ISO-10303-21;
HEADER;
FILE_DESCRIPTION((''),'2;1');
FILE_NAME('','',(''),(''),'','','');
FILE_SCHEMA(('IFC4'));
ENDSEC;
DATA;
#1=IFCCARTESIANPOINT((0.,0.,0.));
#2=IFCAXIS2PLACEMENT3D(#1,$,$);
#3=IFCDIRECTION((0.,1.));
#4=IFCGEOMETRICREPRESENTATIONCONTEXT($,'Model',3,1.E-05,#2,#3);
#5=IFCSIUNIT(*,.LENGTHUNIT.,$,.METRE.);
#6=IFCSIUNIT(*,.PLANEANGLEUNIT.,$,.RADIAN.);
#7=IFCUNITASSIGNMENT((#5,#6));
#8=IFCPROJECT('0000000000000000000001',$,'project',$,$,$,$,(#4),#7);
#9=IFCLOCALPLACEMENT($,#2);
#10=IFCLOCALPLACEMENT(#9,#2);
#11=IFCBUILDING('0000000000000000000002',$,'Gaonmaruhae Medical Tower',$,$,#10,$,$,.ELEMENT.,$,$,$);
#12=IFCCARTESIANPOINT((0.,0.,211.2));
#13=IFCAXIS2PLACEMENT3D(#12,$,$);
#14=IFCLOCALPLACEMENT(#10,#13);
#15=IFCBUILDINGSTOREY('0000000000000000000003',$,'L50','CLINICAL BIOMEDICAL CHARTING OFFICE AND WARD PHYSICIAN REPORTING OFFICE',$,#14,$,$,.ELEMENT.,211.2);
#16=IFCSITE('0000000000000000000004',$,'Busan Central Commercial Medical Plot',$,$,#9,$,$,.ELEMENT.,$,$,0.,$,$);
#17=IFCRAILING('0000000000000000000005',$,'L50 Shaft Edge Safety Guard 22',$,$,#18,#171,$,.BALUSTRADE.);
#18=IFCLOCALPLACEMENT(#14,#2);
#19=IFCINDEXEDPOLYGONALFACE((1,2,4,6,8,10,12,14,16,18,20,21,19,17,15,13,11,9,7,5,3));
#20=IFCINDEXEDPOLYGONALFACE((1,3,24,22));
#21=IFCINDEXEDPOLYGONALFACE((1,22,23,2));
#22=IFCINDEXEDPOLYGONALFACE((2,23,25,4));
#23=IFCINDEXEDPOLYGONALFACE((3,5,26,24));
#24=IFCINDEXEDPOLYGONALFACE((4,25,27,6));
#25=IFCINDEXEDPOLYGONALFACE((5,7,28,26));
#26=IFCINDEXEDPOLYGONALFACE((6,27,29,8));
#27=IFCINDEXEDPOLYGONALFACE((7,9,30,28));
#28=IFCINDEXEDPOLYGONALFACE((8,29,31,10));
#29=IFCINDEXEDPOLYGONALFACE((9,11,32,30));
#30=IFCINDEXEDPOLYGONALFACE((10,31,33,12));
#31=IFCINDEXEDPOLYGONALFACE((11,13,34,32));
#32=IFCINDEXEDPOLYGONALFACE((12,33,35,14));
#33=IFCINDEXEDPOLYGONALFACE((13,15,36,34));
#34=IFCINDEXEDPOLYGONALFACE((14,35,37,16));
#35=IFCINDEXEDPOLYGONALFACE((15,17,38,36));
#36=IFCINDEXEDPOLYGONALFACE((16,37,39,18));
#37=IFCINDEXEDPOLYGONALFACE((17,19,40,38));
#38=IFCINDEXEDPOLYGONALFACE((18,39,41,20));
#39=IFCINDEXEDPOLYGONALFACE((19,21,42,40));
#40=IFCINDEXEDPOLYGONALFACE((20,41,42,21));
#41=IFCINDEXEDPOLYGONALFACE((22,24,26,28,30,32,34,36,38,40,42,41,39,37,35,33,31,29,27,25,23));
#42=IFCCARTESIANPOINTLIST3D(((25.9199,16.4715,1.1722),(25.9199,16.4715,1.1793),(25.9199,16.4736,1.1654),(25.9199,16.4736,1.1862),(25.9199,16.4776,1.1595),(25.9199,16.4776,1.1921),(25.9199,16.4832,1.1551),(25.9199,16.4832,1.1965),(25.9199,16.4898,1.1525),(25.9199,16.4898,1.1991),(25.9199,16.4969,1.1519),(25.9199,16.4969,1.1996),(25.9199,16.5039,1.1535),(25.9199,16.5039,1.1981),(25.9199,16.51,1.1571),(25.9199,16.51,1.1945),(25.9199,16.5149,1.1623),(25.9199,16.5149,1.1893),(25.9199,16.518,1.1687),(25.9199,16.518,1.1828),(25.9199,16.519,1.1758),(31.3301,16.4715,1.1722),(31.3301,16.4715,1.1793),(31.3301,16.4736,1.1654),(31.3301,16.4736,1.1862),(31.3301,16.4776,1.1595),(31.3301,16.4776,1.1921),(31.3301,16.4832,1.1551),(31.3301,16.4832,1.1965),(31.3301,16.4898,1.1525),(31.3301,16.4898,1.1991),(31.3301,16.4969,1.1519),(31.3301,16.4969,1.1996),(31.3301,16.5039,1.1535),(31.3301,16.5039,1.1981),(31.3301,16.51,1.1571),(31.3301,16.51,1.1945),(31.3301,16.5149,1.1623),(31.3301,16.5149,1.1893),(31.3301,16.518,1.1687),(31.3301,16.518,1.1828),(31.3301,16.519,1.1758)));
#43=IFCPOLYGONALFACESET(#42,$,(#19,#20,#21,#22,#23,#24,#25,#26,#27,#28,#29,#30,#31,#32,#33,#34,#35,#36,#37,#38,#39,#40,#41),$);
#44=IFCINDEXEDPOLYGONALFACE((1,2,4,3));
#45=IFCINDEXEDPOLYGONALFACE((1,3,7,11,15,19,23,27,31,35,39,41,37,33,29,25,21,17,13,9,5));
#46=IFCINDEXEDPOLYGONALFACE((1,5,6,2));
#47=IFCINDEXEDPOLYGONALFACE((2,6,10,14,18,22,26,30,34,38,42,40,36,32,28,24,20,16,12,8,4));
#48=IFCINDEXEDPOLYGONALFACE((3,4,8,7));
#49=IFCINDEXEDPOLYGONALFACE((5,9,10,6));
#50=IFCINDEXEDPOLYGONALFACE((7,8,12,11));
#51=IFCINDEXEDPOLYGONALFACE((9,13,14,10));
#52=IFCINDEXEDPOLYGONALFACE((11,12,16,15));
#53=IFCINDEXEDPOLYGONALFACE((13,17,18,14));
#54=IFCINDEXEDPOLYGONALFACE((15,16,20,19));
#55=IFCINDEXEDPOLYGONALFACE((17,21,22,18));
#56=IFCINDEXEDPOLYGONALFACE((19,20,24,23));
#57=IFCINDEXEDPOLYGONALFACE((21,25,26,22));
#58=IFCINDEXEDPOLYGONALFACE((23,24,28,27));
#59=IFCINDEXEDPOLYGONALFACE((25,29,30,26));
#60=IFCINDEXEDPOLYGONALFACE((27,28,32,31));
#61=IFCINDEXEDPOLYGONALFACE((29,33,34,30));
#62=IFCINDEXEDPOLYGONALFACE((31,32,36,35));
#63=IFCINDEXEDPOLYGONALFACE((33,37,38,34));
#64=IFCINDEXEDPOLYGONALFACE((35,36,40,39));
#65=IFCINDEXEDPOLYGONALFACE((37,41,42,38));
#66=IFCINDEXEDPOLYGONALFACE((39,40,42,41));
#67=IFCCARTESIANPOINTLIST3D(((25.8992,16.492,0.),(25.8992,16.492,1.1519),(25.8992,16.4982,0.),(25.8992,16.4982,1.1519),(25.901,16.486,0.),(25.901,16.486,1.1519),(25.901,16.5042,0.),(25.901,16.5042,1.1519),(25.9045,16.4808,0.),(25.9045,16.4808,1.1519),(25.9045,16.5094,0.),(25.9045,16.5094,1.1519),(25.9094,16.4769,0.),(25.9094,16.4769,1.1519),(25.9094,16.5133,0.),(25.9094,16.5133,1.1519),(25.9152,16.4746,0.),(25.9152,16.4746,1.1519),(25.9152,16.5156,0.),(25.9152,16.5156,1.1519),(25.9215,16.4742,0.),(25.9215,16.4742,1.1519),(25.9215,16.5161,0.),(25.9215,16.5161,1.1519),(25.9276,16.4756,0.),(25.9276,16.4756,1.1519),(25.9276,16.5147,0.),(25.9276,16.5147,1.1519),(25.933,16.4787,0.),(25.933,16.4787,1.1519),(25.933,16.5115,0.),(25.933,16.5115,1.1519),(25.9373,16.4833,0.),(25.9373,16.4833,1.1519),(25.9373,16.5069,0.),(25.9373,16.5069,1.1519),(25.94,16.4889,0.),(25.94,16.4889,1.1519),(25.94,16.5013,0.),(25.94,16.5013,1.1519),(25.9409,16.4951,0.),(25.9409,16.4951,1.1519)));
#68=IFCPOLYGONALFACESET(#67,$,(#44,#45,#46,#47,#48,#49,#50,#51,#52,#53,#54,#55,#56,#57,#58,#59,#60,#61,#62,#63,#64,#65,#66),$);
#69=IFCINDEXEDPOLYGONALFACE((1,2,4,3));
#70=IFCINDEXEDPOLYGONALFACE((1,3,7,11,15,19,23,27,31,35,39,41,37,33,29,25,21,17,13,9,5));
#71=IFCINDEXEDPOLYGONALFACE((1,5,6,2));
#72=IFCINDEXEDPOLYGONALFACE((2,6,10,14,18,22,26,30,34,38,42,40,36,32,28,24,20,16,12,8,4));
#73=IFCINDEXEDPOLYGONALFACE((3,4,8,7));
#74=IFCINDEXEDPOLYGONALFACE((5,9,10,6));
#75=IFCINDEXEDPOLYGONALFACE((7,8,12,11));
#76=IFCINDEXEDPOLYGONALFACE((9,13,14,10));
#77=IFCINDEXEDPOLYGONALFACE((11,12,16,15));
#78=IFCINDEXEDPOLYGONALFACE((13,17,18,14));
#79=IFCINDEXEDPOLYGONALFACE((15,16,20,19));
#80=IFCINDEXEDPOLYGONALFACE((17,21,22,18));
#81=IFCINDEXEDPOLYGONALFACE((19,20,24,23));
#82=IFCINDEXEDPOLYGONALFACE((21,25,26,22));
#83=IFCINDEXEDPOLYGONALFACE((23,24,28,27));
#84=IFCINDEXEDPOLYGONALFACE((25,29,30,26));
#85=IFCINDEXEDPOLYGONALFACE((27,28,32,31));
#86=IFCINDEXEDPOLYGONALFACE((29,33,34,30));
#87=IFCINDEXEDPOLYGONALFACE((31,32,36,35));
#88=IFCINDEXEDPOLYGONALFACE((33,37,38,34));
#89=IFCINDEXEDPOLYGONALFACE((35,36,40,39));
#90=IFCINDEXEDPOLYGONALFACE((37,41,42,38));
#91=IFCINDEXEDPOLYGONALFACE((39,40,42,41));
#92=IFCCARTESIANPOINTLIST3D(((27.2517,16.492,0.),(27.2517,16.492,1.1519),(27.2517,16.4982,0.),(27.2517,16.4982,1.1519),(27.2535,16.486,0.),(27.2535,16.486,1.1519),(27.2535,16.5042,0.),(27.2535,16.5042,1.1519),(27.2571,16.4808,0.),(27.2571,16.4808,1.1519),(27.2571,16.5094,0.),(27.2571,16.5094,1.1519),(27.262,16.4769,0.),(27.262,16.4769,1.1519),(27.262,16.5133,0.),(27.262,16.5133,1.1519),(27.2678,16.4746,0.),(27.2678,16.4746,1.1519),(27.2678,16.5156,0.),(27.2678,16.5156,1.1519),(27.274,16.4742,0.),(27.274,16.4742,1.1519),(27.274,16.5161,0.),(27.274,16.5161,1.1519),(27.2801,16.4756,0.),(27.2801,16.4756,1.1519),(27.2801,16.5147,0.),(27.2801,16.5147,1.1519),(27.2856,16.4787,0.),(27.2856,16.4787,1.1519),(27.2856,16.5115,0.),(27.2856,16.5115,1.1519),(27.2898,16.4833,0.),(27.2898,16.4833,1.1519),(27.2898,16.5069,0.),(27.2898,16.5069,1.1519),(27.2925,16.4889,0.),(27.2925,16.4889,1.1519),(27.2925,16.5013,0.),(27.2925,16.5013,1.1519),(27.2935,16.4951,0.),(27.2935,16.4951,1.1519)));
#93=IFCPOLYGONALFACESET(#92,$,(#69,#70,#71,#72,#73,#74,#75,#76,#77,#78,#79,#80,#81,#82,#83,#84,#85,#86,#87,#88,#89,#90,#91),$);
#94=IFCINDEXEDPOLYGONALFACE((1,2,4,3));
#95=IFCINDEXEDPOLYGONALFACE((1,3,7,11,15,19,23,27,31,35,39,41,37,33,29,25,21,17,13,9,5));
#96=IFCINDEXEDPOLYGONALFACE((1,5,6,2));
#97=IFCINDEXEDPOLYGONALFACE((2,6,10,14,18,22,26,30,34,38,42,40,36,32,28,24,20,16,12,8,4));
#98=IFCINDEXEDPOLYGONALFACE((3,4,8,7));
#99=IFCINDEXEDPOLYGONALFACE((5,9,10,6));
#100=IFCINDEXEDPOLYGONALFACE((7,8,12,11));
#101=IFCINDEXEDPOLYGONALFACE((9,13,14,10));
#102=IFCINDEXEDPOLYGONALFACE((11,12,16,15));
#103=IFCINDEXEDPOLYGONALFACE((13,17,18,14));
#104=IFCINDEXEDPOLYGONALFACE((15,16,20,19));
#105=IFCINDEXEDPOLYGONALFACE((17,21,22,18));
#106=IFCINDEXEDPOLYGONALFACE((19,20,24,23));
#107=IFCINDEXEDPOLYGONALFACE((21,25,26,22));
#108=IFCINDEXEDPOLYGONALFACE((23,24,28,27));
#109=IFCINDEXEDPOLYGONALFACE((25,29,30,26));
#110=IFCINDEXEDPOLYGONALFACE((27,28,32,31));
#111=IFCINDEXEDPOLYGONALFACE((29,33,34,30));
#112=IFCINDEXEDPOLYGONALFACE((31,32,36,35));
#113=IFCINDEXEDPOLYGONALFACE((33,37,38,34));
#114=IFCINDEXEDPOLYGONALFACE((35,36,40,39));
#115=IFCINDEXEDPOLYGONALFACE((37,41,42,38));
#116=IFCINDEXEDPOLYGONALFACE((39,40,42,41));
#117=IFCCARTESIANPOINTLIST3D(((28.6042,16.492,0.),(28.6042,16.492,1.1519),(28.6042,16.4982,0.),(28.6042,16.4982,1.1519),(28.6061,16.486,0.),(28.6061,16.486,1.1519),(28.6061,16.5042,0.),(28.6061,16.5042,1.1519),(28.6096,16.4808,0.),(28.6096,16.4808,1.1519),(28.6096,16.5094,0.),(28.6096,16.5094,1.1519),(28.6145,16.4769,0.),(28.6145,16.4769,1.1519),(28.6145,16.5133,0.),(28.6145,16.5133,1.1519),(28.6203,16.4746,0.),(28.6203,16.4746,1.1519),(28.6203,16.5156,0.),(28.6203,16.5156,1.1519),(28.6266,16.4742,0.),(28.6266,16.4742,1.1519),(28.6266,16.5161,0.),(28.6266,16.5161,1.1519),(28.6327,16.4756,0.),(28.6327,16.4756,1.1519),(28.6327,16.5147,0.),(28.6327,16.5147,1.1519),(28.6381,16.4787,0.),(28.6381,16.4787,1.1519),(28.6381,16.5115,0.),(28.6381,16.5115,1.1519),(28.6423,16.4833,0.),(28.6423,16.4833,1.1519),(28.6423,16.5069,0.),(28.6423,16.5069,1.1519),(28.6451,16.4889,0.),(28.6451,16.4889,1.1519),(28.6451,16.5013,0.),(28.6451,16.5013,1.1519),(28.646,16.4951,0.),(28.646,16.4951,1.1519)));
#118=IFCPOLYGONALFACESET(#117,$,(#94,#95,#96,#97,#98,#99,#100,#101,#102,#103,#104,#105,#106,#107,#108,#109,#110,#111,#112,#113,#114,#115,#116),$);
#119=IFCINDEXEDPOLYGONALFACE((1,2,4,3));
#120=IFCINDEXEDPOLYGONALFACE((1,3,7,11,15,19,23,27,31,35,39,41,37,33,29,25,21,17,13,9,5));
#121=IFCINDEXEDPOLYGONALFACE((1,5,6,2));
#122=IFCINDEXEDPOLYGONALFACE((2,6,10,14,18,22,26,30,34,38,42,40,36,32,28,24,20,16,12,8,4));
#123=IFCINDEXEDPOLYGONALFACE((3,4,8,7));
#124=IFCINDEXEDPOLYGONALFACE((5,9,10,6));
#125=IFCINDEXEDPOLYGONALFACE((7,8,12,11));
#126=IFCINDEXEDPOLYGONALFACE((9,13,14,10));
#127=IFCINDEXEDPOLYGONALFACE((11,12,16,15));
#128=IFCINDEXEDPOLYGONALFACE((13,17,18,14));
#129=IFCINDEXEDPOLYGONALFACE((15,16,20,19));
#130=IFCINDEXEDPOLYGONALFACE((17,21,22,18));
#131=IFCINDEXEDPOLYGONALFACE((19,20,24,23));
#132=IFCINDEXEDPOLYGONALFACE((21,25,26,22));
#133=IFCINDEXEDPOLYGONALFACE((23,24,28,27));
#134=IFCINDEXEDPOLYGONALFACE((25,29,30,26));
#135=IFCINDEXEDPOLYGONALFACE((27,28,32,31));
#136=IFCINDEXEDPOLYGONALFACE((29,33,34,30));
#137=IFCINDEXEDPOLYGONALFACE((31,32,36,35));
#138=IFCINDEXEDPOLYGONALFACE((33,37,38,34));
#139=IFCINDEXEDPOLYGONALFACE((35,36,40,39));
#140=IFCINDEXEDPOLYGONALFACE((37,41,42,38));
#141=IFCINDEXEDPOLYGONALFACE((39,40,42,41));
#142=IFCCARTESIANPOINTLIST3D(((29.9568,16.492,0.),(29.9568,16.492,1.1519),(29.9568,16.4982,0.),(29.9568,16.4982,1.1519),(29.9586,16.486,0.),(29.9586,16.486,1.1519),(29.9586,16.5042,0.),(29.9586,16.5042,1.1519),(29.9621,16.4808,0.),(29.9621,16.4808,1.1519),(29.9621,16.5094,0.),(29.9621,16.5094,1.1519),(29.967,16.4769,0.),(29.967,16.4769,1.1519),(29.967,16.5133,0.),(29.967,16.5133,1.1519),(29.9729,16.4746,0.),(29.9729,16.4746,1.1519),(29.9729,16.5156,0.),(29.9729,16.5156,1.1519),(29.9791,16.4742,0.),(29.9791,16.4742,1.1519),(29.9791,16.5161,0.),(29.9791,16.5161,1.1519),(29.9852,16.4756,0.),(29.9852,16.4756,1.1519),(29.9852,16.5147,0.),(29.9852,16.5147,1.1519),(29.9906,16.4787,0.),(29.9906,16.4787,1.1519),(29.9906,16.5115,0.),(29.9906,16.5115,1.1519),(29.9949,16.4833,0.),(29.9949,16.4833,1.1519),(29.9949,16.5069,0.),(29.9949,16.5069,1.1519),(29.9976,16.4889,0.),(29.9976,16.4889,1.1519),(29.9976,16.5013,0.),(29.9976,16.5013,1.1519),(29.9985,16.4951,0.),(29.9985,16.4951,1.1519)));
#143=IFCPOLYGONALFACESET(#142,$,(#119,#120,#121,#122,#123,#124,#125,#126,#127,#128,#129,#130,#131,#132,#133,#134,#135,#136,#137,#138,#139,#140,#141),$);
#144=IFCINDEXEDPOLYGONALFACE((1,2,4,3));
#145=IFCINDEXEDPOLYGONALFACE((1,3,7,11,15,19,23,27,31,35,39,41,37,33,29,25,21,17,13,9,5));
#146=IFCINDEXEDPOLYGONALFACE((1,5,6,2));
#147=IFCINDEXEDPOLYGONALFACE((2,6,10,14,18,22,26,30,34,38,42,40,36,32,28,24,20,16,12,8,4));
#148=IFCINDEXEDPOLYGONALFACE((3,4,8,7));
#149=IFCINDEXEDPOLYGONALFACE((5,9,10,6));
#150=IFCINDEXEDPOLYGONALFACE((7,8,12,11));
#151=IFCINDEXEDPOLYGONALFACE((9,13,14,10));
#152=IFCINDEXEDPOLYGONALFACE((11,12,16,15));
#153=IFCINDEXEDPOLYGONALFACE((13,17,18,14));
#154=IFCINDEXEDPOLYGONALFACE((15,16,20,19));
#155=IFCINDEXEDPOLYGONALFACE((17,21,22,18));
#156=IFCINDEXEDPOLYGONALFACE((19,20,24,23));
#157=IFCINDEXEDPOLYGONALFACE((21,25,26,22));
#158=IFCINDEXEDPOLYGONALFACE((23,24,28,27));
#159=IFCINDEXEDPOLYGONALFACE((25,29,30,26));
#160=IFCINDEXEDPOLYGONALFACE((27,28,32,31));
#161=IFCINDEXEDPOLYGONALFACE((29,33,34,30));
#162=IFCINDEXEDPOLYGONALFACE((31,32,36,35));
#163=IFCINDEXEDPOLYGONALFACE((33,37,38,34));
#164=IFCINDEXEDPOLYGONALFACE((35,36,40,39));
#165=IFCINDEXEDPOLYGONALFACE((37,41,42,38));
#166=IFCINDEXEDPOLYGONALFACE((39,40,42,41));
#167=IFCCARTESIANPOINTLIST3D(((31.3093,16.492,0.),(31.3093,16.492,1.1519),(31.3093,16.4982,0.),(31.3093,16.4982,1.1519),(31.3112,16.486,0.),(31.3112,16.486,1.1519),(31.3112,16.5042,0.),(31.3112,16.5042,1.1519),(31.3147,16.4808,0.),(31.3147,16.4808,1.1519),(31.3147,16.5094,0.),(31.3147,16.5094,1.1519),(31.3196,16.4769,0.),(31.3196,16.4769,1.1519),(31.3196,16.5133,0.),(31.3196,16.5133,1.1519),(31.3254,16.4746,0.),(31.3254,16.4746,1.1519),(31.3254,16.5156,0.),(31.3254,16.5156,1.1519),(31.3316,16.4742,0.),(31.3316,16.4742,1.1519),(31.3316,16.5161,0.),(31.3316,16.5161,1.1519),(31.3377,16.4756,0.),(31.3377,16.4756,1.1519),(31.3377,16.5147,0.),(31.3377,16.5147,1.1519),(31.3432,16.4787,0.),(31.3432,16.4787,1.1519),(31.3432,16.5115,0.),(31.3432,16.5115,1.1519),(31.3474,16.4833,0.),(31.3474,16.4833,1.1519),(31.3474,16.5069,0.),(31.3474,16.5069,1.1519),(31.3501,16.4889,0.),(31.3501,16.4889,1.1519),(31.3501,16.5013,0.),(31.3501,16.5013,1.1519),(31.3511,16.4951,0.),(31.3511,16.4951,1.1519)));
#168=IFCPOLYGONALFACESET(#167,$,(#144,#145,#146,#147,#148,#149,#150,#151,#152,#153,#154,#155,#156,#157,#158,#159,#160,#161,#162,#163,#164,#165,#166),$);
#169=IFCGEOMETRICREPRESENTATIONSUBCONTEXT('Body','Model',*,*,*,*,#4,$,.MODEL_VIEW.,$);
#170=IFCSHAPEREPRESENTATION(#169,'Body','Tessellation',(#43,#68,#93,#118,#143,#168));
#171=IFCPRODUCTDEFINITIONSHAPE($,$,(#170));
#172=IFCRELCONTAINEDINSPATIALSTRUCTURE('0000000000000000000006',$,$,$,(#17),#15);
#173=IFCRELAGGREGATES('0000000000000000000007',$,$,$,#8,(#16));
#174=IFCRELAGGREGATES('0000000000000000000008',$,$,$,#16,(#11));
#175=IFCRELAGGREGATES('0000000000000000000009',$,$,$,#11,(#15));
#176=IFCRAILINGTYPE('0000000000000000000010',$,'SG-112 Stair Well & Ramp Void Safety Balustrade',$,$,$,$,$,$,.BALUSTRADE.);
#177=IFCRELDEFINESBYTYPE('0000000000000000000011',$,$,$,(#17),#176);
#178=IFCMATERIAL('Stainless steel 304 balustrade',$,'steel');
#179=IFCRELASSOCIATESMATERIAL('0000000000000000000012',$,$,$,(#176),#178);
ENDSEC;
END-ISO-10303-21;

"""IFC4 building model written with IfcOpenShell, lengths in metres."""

from ifc_helpers import new_model, si_unit, direction, frame, origin, origin_2d, place, context, subcontext, project, spatial, circle, extrude, material, type_object, element, save


model = new_model("IFC4")

# Units and contexts
model_context = context("Model", 3, precision=1e-05, world=origin(), true_north=direction((0.0, 1.0)))
body_context = subcontext(model_context, "Body", "Model", "MODEL_VIEW")
ifc_project = project(units=[si_unit("LENGTHUNIT", "METRE"), si_unit("PLANEANGLEUNIT", "RADIAN")], contexts=[model_context])

# Site, building, storey
site_placement = place(None, origin())
site = spatial("IfcSite", under=ifc_project, at=site_placement, Name="Busan Central Commercial Medical Plot", CompositionType="ELEMENT", RefElevation=0.0)
building_placement = place(site_placement, origin())
building = spatial("IfcBuilding", under=site, at=building_placement, Name="Gaonmaruhae Medical Tower", CompositionType="ELEMENT")
storey_placement = place(building_placement, frame((0.0, 0.0, 211.2)))
storey = spatial("IfcBuildingStorey", under=building, at=storey_placement, Name="L50", Description="CLINICAL BIOMEDICAL CHARTING OFFICE AND WARD PHYSICIAN REPORTING OFFICE", CompositionType="ELEMENT", Elevation=211.2)

# Railing
ifc_material_1 = material(Name="Stainless steel 304 balustrade", Category="steel")
railing_type = type_object("IfcRailingType", Name="SG-112 Stair Well & Ramp Void Safety Balustrade", PredefinedType="BALUSTRADE", material=ifc_material_1)
railing_1_placement = place(storey_placement, frame((25.9199, 16.4951, 0.0)))
element("IfcRailing", 1, at=railing_1_placement, inside=storey, type_object=railing_type, Name="L50 Shaft Edge Safety Guard 22", PredefinedType="BALUSTRADE", context=body_context, shape_type="SweptSolid", body=[
    extrude(circle(Radius=0.0239, at=origin_2d()), frame((0.0, 0.0, 1.1758), z_axis=(1.0, 0.0, 0.0), x_axis=(0.0, 1.0, 0.0)), (0.0, 0.0, 1.0), 5.4102),
    extrude(circle(Radius=0.021, at=origin_2d()), origin(), (0.0, 0.0, 1.0), 1.1519),
    extrude(circle(Radius=0.021, at=origin_2d()), frame((1.3525, 0.0, 0.0)), (0.0, 0.0, 1.0), 1.1519),
    extrude(circle(Radius=0.021, at=origin_2d()), frame((2.7051, 0.0, 0.0)), (0.0, 0.0, 1.0), 1.1519),
    extrude(circle(Radius=0.021, at=origin_2d()), frame((4.0576, 0.0, 0.0)), (0.0, 0.0, 1.0), 1.1519),
    extrude(circle(Radius=0.021, at=origin_2d()), frame((5.4102, 0.0, 0.0)), (0.0, 0.0, 1.0), 1.1519),
])

save(model, "model.ifc")
